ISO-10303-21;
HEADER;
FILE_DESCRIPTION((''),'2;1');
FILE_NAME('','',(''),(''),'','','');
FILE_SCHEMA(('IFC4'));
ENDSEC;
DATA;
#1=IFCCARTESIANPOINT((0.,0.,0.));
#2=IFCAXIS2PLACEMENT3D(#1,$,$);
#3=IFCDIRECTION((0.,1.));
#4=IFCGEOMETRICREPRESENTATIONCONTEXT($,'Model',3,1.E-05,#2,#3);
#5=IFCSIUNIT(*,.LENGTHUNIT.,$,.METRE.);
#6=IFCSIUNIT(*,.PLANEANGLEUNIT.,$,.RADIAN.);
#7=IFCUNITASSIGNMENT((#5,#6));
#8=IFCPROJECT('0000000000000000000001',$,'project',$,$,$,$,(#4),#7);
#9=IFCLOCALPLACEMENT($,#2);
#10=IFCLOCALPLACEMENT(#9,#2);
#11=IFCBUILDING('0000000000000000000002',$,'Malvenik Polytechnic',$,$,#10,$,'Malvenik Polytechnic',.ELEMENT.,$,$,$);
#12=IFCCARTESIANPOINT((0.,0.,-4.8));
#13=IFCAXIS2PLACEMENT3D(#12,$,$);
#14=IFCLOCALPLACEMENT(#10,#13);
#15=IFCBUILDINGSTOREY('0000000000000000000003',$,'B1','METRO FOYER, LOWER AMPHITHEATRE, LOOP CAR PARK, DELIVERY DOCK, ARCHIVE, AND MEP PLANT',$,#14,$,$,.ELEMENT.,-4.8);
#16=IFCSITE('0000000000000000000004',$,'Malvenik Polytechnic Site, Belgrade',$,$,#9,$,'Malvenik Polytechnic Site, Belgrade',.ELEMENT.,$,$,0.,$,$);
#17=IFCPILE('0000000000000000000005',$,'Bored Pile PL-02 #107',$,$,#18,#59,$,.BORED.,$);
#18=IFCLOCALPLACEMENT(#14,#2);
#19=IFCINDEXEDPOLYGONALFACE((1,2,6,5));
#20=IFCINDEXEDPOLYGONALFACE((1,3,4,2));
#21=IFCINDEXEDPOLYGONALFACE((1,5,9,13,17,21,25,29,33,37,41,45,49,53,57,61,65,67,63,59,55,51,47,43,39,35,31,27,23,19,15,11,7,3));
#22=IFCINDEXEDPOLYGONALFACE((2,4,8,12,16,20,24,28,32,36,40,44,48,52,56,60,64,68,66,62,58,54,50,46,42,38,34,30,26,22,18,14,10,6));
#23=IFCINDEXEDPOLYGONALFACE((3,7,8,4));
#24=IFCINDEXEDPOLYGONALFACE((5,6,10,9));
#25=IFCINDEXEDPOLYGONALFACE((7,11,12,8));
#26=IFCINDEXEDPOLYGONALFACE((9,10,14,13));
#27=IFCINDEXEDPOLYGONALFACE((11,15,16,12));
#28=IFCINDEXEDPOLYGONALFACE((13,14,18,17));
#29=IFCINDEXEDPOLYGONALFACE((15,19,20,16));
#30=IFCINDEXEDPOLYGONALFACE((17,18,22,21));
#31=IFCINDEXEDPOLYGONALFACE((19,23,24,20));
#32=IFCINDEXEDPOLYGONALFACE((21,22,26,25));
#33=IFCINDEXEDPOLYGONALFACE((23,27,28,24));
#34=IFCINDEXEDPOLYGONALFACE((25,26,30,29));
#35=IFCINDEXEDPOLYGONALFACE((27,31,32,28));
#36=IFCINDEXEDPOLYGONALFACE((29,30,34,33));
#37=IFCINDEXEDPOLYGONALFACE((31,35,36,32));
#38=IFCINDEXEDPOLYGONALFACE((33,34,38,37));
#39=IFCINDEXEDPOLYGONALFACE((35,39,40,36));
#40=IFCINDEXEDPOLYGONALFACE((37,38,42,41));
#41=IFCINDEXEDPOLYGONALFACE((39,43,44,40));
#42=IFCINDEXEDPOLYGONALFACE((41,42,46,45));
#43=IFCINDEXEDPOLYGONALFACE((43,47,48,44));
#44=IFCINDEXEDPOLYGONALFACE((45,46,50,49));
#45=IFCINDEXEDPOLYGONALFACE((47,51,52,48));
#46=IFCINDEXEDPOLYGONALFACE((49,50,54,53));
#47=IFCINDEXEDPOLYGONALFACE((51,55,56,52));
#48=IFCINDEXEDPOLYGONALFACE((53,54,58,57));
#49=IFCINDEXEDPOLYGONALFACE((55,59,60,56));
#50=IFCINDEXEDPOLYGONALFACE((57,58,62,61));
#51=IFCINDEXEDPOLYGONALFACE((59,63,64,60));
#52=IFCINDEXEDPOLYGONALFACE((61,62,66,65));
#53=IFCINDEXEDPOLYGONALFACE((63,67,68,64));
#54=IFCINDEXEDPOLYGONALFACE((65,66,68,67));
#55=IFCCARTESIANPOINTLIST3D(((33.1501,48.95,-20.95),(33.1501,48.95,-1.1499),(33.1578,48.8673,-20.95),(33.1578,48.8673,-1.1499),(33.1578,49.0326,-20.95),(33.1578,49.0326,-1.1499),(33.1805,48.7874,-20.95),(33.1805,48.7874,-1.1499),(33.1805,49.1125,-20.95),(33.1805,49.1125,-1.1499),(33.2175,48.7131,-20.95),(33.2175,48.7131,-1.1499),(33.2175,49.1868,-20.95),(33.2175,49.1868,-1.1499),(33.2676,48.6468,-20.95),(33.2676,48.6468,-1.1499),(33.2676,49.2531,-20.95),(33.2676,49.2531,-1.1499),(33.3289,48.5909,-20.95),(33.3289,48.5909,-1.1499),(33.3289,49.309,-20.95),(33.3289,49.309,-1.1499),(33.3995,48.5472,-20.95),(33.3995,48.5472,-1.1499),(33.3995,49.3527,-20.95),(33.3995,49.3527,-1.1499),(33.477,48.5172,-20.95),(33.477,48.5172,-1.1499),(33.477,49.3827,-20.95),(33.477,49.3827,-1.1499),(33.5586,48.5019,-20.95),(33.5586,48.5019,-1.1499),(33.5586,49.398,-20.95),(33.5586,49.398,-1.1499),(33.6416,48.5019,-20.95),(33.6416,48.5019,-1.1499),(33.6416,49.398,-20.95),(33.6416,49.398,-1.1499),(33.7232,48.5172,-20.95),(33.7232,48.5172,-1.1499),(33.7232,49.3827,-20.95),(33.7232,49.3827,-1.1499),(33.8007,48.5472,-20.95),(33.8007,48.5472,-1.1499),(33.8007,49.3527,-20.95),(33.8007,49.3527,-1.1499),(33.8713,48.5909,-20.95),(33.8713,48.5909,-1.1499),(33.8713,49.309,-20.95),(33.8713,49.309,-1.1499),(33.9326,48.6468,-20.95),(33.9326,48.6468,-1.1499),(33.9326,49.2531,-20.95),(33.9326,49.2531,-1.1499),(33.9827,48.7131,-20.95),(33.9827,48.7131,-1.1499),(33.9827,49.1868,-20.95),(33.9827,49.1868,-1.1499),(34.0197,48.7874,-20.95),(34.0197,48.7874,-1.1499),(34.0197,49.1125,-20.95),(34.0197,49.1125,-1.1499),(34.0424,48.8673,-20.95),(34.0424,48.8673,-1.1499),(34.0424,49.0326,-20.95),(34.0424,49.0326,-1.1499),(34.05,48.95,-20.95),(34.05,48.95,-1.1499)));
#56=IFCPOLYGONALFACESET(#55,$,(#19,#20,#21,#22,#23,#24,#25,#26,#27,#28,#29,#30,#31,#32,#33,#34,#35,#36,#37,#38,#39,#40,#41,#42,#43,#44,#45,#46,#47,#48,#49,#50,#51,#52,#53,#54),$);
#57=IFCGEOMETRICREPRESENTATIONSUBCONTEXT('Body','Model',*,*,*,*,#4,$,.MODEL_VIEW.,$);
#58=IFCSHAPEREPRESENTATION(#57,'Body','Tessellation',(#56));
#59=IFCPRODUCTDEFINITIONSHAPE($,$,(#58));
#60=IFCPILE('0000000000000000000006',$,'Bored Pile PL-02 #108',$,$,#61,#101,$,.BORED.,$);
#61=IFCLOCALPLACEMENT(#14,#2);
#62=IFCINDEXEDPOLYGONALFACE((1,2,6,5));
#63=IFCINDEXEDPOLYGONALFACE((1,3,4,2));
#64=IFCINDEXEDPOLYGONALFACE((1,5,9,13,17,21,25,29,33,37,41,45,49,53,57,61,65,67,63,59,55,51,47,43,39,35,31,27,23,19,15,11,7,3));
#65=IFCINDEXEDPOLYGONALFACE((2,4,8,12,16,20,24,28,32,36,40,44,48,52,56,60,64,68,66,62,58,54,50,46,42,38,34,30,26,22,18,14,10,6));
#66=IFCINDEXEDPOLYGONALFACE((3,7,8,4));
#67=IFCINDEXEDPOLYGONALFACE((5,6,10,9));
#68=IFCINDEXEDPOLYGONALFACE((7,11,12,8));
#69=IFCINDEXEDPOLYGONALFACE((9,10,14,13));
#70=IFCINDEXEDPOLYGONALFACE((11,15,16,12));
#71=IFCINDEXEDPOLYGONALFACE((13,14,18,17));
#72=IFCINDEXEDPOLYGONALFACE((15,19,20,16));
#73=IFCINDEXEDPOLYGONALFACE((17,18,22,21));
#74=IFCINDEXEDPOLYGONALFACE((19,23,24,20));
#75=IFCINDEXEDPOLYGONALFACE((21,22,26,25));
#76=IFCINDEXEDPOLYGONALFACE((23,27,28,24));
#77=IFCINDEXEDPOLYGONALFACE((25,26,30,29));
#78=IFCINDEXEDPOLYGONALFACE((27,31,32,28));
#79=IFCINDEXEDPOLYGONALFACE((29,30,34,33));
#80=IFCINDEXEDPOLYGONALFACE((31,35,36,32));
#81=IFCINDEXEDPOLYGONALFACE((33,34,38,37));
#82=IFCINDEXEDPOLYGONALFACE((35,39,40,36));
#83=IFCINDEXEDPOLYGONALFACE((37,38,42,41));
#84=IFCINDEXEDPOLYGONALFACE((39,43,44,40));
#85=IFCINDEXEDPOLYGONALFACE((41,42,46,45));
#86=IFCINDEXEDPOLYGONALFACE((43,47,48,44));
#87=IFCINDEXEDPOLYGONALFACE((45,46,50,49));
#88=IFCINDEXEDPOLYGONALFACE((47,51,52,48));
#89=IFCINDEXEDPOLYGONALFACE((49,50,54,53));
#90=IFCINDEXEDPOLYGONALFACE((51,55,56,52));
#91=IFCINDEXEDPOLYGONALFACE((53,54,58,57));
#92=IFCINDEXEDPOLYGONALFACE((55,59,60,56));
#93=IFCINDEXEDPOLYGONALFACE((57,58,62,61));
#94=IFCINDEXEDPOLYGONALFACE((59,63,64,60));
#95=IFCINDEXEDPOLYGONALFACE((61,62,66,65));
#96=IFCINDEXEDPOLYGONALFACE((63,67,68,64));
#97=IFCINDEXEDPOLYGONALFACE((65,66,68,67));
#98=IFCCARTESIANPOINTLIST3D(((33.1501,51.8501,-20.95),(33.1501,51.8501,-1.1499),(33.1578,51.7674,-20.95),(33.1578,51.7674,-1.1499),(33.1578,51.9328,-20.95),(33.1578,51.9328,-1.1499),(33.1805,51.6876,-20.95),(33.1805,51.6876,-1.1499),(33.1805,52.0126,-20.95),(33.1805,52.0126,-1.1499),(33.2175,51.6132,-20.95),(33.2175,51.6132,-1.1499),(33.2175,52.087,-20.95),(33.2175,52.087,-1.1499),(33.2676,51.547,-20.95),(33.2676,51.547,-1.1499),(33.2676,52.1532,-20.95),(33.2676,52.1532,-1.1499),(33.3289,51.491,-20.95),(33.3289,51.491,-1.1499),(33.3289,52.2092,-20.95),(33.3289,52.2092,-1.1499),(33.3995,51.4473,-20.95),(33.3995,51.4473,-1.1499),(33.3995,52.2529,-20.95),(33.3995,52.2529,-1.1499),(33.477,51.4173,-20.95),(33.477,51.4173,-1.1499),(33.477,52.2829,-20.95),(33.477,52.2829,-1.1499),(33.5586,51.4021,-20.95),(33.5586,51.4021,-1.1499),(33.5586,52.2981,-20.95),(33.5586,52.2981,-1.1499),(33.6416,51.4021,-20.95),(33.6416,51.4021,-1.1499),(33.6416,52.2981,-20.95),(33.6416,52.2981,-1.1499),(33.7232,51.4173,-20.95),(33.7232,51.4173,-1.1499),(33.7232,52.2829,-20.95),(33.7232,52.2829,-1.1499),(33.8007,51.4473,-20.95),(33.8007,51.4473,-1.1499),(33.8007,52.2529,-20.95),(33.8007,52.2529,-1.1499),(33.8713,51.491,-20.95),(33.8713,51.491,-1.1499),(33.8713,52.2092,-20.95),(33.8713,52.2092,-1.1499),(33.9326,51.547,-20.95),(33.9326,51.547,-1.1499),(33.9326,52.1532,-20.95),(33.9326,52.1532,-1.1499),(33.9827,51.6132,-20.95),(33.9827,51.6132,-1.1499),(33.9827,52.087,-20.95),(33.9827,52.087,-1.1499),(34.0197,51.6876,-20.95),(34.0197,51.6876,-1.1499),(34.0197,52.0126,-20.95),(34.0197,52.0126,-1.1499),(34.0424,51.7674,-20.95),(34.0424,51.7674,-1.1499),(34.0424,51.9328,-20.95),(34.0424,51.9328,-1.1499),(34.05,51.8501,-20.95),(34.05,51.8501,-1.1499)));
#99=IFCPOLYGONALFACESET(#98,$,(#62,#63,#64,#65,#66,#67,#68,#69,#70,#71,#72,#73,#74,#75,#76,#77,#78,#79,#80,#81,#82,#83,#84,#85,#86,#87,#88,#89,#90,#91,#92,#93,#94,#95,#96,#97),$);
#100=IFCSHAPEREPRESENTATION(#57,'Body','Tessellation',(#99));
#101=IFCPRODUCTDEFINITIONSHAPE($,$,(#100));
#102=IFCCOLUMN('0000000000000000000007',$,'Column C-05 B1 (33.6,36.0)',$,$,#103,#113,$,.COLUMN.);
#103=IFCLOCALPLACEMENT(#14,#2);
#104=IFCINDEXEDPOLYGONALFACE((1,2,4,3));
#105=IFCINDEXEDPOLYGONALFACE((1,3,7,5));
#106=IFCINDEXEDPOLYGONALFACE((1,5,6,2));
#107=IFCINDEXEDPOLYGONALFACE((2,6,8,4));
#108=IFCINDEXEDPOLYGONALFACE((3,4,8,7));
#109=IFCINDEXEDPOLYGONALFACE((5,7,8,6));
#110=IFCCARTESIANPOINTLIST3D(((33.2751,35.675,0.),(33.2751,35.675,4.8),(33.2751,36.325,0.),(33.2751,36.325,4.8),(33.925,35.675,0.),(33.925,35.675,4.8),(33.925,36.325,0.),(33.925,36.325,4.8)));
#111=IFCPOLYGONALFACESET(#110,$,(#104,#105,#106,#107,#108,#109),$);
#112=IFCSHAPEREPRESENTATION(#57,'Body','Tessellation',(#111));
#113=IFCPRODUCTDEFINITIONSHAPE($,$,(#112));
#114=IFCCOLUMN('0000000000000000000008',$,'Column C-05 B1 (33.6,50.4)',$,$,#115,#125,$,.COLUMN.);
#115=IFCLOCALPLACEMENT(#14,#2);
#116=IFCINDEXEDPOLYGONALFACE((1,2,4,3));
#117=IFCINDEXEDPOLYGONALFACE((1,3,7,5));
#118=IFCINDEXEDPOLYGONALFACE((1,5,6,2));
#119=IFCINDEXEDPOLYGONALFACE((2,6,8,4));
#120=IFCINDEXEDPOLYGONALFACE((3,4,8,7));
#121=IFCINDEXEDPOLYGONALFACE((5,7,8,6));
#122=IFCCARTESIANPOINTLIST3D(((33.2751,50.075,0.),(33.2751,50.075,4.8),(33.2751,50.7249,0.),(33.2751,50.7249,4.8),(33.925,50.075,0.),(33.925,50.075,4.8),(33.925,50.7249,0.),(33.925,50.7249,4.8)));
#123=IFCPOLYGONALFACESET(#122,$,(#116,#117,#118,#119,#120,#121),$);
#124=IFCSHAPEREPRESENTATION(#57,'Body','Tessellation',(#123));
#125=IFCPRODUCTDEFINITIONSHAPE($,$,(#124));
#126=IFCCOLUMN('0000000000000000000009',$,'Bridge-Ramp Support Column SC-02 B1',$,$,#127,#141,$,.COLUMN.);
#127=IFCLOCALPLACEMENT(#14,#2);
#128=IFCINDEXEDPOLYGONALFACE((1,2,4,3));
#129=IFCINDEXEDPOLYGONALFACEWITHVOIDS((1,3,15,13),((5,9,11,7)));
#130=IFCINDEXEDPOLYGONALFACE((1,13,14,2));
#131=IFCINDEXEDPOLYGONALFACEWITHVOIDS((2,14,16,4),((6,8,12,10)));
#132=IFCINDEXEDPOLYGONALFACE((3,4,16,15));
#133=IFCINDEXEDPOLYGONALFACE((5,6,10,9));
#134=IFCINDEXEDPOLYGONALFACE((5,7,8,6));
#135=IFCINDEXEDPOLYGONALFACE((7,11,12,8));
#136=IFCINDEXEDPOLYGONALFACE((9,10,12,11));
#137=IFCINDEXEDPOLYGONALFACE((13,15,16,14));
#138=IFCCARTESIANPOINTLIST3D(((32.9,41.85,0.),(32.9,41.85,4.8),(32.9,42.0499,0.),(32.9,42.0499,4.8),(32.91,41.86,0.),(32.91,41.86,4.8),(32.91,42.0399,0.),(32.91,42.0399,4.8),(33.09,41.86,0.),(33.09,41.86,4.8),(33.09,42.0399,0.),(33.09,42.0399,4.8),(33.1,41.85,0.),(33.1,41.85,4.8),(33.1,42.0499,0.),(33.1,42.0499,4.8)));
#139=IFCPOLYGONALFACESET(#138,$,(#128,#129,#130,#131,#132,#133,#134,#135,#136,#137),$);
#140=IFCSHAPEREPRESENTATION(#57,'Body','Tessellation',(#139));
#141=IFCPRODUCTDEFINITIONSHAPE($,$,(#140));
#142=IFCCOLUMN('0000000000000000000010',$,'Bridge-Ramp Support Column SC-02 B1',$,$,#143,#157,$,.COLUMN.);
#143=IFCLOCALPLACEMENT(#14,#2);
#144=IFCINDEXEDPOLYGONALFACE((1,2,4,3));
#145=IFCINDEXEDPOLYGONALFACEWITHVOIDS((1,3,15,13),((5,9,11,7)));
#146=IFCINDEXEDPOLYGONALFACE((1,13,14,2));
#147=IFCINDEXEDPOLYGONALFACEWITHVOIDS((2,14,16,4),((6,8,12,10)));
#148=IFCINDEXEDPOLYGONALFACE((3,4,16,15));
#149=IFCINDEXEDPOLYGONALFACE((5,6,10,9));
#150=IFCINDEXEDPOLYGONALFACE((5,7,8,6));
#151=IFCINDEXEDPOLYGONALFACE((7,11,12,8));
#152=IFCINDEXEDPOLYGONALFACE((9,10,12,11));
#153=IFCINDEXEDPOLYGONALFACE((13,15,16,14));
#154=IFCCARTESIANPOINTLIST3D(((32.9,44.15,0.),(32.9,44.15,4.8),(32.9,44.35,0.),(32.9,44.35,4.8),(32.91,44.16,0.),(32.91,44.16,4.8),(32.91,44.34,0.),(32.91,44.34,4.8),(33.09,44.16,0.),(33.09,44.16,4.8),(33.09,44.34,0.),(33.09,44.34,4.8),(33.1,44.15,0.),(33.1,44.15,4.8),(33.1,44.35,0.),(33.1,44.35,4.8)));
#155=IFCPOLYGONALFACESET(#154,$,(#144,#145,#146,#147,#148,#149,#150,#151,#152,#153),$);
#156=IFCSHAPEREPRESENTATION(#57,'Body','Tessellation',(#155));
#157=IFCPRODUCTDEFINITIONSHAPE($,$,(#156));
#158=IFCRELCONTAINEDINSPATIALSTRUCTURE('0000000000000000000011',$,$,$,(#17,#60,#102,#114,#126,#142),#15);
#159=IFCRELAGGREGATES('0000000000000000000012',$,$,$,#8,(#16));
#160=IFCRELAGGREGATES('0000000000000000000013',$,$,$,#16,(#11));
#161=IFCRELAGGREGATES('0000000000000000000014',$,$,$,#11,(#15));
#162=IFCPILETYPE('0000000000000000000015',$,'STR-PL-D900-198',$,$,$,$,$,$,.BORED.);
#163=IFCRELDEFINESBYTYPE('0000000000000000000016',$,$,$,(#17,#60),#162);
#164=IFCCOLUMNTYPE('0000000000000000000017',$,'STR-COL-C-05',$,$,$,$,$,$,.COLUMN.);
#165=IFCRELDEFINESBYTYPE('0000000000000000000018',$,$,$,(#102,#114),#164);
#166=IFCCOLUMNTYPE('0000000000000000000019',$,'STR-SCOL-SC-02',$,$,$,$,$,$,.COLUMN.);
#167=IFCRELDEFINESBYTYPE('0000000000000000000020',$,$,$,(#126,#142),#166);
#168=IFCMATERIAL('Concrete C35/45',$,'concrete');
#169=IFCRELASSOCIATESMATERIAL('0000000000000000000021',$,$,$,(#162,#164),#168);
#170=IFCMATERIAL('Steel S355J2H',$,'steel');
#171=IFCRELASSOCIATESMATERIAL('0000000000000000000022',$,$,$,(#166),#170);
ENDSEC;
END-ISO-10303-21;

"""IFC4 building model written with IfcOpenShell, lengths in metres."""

from ifc_helpers import new_model, si_unit, direction, frame, origin, origin_2d, place, context, subcontext, project, spatial, rectangle, hollow_rectangle, circle, extrude, material, material_profile, profile_set, type_object, element, save


model = new_model("IFC4")

# Units and contexts
model_context = context("Model", 3, precision=1e-05, world=origin(), true_north=direction((0.0, 1.0)))
body_context = subcontext(model_context, "Body", "Model", "MODEL_VIEW")
ifc_project = project(units=[si_unit("LENGTHUNIT", "METRE"), si_unit("PLANEANGLEUNIT", "RADIAN")], contexts=[model_context])

# Site, building, storey
site_placement = place(None, origin())
site = spatial("IfcSite", under=ifc_project, at=site_placement, Name="Malvenik Polytechnic Site, Belgrade", LongName="Malvenik Polytechnic Site, Belgrade", CompositionType="ELEMENT", RefElevation=0.0)
building_placement = place(site_placement, origin())
building = spatial("IfcBuilding", under=site, at=building_placement, Name="Malvenik Polytechnic", LongName="Malvenik Polytechnic", CompositionType="ELEMENT")
storey_placement = place(building_placement, frame((0.0, 0.0, -4.8)))
storey = spatial("IfcBuildingStorey", under=building, at=storey_placement, Name="B1", Description="METRO FOYER, LOWER AMPHITHEATRE, LOOP CAR PARK, DELIVERY DOCK, ARCHIVE, AND MEP PLANT", CompositionType="ELEMENT", Elevation=-4.8)

# Shared definitions
ifc_material_1 = material(Name="Concrete C35/45", Category="concrete")

# Piles
ifc_material_profile_1 = material_profile(ifc_material_1, circle(Radius=0.45, at=origin_2d()), Name="BORED PILE D900")
ifc_profile_set_1 = profile_set([ifc_material_profile_1], Name="Concrete C35/45")
pile_type_1 = type_object("IfcPileType", Name="STR-PL-D900-198", PredefinedType="BORED", material=ifc_profile_set_1)
for number, where, z_axis, x_axis, name in (
    (1, (33.6001, 48.95, -1.1499), (0.0, 0.0, -1.0), (1.0, 0.0, 0.0), "Bored Pile PL-02 #107"),
    (2, (33.6001, 51.8501, -1.1499), (0.0, 0.0, -1.0), (1.0, 0.0, 0.0), "Bored Pile PL-02 #108"),
):
    element("IfcPile", number, at=place(storey_placement, frame(where, z_axis=z_axis, x_axis=x_axis)), inside=storey, type_object=pile_type_1, Name=name, PredefinedType="BORED", context=body_context, shape_type="SweptSolid", body=[
        extrude(circle(Radius=0.45, at=origin_2d()), origin(), (0.0, 0.0, 1.0), 19.8),
    ])

# Columns
ifc_material_profile_2 = material_profile(ifc_material_1, rectangle(XDim=0.6499, YDim=0.6499, at=origin_2d()), Name="RC COL 650x650")
ifc_profile_set_2 = profile_set([ifc_material_profile_2], Name="Concrete C35/45")
column_type_1 = type_object("IfcColumnType", Name="STR-COL-C-05", PredefinedType="COLUMN", material=ifc_profile_set_2)
for number, where, z_axis, x_axis, name in (
    (3, (33.6001, 36.0, 0.0), (0.0, 0.0, 1.0), (1.0, 0.0, 0.0), "Column C-05 B1 (33.6,36.0)"),
    (4, (33.6001, 50.3999, 0.0), (0.0, 0.0, 1.0), (1.0, 0.0, 0.0), "Column C-05 B1 (33.6,50.4)"),
):
    element("IfcColumn", number, at=place(storey_placement, frame(where, z_axis=z_axis, x_axis=x_axis)), inside=storey, type_object=column_type_1, Name=name, PredefinedType="COLUMN", context=body_context, shape_type="SweptSolid", body=[
        extrude(rectangle(XDim=0.6499, YDim=0.6499, at=origin_2d()), origin(), (0.0, 0.0, 1.0), 4.8),
    ])
ifc_material_2 = material(Name="Steel S355J2H", Category="steel")
ifc_material_profile_3 = material_profile(ifc_material_2, hollow_rectangle(XDim=0.2, YDim=0.2, WallThickness=0.01, at=origin_2d()), Name="SHS 200x200x10.0")
ifc_profile_set_3 = profile_set([ifc_material_profile_3], Name="Steel S355J2H")
column_type_2 = type_object("IfcColumnType", Name="STR-SCOL-SC-02", PredefinedType="COLUMN", material=ifc_profile_set_3)
for number, where, z_axis, x_axis, name in (
    (5, (33.0, 41.95, 0.0), (0.0, 0.0, 1.0), (1.0, 0.0, 0.0), "Bridge-Ramp Support Column SC-02 B1"),
    (6, (33.0, 44.25, 0.0), (0.0, 0.0, 1.0), (1.0, 0.0, 0.0), "Bridge-Ramp Support Column SC-02 B1"),
):
    element("IfcColumn", number, at=place(storey_placement, frame(where, z_axis=z_axis, x_axis=x_axis)), inside=storey, type_object=column_type_2, Name=name, PredefinedType="COLUMN", context=body_context, shape_type="SweptSolid", body=[
        extrude(hollow_rectangle(XDim=0.2, YDim=0.2, WallThickness=0.01, at=origin_2d()), origin(), (0.0, 0.0, 1.0), 4.8),
    ])

save(model, "model.ifc")
